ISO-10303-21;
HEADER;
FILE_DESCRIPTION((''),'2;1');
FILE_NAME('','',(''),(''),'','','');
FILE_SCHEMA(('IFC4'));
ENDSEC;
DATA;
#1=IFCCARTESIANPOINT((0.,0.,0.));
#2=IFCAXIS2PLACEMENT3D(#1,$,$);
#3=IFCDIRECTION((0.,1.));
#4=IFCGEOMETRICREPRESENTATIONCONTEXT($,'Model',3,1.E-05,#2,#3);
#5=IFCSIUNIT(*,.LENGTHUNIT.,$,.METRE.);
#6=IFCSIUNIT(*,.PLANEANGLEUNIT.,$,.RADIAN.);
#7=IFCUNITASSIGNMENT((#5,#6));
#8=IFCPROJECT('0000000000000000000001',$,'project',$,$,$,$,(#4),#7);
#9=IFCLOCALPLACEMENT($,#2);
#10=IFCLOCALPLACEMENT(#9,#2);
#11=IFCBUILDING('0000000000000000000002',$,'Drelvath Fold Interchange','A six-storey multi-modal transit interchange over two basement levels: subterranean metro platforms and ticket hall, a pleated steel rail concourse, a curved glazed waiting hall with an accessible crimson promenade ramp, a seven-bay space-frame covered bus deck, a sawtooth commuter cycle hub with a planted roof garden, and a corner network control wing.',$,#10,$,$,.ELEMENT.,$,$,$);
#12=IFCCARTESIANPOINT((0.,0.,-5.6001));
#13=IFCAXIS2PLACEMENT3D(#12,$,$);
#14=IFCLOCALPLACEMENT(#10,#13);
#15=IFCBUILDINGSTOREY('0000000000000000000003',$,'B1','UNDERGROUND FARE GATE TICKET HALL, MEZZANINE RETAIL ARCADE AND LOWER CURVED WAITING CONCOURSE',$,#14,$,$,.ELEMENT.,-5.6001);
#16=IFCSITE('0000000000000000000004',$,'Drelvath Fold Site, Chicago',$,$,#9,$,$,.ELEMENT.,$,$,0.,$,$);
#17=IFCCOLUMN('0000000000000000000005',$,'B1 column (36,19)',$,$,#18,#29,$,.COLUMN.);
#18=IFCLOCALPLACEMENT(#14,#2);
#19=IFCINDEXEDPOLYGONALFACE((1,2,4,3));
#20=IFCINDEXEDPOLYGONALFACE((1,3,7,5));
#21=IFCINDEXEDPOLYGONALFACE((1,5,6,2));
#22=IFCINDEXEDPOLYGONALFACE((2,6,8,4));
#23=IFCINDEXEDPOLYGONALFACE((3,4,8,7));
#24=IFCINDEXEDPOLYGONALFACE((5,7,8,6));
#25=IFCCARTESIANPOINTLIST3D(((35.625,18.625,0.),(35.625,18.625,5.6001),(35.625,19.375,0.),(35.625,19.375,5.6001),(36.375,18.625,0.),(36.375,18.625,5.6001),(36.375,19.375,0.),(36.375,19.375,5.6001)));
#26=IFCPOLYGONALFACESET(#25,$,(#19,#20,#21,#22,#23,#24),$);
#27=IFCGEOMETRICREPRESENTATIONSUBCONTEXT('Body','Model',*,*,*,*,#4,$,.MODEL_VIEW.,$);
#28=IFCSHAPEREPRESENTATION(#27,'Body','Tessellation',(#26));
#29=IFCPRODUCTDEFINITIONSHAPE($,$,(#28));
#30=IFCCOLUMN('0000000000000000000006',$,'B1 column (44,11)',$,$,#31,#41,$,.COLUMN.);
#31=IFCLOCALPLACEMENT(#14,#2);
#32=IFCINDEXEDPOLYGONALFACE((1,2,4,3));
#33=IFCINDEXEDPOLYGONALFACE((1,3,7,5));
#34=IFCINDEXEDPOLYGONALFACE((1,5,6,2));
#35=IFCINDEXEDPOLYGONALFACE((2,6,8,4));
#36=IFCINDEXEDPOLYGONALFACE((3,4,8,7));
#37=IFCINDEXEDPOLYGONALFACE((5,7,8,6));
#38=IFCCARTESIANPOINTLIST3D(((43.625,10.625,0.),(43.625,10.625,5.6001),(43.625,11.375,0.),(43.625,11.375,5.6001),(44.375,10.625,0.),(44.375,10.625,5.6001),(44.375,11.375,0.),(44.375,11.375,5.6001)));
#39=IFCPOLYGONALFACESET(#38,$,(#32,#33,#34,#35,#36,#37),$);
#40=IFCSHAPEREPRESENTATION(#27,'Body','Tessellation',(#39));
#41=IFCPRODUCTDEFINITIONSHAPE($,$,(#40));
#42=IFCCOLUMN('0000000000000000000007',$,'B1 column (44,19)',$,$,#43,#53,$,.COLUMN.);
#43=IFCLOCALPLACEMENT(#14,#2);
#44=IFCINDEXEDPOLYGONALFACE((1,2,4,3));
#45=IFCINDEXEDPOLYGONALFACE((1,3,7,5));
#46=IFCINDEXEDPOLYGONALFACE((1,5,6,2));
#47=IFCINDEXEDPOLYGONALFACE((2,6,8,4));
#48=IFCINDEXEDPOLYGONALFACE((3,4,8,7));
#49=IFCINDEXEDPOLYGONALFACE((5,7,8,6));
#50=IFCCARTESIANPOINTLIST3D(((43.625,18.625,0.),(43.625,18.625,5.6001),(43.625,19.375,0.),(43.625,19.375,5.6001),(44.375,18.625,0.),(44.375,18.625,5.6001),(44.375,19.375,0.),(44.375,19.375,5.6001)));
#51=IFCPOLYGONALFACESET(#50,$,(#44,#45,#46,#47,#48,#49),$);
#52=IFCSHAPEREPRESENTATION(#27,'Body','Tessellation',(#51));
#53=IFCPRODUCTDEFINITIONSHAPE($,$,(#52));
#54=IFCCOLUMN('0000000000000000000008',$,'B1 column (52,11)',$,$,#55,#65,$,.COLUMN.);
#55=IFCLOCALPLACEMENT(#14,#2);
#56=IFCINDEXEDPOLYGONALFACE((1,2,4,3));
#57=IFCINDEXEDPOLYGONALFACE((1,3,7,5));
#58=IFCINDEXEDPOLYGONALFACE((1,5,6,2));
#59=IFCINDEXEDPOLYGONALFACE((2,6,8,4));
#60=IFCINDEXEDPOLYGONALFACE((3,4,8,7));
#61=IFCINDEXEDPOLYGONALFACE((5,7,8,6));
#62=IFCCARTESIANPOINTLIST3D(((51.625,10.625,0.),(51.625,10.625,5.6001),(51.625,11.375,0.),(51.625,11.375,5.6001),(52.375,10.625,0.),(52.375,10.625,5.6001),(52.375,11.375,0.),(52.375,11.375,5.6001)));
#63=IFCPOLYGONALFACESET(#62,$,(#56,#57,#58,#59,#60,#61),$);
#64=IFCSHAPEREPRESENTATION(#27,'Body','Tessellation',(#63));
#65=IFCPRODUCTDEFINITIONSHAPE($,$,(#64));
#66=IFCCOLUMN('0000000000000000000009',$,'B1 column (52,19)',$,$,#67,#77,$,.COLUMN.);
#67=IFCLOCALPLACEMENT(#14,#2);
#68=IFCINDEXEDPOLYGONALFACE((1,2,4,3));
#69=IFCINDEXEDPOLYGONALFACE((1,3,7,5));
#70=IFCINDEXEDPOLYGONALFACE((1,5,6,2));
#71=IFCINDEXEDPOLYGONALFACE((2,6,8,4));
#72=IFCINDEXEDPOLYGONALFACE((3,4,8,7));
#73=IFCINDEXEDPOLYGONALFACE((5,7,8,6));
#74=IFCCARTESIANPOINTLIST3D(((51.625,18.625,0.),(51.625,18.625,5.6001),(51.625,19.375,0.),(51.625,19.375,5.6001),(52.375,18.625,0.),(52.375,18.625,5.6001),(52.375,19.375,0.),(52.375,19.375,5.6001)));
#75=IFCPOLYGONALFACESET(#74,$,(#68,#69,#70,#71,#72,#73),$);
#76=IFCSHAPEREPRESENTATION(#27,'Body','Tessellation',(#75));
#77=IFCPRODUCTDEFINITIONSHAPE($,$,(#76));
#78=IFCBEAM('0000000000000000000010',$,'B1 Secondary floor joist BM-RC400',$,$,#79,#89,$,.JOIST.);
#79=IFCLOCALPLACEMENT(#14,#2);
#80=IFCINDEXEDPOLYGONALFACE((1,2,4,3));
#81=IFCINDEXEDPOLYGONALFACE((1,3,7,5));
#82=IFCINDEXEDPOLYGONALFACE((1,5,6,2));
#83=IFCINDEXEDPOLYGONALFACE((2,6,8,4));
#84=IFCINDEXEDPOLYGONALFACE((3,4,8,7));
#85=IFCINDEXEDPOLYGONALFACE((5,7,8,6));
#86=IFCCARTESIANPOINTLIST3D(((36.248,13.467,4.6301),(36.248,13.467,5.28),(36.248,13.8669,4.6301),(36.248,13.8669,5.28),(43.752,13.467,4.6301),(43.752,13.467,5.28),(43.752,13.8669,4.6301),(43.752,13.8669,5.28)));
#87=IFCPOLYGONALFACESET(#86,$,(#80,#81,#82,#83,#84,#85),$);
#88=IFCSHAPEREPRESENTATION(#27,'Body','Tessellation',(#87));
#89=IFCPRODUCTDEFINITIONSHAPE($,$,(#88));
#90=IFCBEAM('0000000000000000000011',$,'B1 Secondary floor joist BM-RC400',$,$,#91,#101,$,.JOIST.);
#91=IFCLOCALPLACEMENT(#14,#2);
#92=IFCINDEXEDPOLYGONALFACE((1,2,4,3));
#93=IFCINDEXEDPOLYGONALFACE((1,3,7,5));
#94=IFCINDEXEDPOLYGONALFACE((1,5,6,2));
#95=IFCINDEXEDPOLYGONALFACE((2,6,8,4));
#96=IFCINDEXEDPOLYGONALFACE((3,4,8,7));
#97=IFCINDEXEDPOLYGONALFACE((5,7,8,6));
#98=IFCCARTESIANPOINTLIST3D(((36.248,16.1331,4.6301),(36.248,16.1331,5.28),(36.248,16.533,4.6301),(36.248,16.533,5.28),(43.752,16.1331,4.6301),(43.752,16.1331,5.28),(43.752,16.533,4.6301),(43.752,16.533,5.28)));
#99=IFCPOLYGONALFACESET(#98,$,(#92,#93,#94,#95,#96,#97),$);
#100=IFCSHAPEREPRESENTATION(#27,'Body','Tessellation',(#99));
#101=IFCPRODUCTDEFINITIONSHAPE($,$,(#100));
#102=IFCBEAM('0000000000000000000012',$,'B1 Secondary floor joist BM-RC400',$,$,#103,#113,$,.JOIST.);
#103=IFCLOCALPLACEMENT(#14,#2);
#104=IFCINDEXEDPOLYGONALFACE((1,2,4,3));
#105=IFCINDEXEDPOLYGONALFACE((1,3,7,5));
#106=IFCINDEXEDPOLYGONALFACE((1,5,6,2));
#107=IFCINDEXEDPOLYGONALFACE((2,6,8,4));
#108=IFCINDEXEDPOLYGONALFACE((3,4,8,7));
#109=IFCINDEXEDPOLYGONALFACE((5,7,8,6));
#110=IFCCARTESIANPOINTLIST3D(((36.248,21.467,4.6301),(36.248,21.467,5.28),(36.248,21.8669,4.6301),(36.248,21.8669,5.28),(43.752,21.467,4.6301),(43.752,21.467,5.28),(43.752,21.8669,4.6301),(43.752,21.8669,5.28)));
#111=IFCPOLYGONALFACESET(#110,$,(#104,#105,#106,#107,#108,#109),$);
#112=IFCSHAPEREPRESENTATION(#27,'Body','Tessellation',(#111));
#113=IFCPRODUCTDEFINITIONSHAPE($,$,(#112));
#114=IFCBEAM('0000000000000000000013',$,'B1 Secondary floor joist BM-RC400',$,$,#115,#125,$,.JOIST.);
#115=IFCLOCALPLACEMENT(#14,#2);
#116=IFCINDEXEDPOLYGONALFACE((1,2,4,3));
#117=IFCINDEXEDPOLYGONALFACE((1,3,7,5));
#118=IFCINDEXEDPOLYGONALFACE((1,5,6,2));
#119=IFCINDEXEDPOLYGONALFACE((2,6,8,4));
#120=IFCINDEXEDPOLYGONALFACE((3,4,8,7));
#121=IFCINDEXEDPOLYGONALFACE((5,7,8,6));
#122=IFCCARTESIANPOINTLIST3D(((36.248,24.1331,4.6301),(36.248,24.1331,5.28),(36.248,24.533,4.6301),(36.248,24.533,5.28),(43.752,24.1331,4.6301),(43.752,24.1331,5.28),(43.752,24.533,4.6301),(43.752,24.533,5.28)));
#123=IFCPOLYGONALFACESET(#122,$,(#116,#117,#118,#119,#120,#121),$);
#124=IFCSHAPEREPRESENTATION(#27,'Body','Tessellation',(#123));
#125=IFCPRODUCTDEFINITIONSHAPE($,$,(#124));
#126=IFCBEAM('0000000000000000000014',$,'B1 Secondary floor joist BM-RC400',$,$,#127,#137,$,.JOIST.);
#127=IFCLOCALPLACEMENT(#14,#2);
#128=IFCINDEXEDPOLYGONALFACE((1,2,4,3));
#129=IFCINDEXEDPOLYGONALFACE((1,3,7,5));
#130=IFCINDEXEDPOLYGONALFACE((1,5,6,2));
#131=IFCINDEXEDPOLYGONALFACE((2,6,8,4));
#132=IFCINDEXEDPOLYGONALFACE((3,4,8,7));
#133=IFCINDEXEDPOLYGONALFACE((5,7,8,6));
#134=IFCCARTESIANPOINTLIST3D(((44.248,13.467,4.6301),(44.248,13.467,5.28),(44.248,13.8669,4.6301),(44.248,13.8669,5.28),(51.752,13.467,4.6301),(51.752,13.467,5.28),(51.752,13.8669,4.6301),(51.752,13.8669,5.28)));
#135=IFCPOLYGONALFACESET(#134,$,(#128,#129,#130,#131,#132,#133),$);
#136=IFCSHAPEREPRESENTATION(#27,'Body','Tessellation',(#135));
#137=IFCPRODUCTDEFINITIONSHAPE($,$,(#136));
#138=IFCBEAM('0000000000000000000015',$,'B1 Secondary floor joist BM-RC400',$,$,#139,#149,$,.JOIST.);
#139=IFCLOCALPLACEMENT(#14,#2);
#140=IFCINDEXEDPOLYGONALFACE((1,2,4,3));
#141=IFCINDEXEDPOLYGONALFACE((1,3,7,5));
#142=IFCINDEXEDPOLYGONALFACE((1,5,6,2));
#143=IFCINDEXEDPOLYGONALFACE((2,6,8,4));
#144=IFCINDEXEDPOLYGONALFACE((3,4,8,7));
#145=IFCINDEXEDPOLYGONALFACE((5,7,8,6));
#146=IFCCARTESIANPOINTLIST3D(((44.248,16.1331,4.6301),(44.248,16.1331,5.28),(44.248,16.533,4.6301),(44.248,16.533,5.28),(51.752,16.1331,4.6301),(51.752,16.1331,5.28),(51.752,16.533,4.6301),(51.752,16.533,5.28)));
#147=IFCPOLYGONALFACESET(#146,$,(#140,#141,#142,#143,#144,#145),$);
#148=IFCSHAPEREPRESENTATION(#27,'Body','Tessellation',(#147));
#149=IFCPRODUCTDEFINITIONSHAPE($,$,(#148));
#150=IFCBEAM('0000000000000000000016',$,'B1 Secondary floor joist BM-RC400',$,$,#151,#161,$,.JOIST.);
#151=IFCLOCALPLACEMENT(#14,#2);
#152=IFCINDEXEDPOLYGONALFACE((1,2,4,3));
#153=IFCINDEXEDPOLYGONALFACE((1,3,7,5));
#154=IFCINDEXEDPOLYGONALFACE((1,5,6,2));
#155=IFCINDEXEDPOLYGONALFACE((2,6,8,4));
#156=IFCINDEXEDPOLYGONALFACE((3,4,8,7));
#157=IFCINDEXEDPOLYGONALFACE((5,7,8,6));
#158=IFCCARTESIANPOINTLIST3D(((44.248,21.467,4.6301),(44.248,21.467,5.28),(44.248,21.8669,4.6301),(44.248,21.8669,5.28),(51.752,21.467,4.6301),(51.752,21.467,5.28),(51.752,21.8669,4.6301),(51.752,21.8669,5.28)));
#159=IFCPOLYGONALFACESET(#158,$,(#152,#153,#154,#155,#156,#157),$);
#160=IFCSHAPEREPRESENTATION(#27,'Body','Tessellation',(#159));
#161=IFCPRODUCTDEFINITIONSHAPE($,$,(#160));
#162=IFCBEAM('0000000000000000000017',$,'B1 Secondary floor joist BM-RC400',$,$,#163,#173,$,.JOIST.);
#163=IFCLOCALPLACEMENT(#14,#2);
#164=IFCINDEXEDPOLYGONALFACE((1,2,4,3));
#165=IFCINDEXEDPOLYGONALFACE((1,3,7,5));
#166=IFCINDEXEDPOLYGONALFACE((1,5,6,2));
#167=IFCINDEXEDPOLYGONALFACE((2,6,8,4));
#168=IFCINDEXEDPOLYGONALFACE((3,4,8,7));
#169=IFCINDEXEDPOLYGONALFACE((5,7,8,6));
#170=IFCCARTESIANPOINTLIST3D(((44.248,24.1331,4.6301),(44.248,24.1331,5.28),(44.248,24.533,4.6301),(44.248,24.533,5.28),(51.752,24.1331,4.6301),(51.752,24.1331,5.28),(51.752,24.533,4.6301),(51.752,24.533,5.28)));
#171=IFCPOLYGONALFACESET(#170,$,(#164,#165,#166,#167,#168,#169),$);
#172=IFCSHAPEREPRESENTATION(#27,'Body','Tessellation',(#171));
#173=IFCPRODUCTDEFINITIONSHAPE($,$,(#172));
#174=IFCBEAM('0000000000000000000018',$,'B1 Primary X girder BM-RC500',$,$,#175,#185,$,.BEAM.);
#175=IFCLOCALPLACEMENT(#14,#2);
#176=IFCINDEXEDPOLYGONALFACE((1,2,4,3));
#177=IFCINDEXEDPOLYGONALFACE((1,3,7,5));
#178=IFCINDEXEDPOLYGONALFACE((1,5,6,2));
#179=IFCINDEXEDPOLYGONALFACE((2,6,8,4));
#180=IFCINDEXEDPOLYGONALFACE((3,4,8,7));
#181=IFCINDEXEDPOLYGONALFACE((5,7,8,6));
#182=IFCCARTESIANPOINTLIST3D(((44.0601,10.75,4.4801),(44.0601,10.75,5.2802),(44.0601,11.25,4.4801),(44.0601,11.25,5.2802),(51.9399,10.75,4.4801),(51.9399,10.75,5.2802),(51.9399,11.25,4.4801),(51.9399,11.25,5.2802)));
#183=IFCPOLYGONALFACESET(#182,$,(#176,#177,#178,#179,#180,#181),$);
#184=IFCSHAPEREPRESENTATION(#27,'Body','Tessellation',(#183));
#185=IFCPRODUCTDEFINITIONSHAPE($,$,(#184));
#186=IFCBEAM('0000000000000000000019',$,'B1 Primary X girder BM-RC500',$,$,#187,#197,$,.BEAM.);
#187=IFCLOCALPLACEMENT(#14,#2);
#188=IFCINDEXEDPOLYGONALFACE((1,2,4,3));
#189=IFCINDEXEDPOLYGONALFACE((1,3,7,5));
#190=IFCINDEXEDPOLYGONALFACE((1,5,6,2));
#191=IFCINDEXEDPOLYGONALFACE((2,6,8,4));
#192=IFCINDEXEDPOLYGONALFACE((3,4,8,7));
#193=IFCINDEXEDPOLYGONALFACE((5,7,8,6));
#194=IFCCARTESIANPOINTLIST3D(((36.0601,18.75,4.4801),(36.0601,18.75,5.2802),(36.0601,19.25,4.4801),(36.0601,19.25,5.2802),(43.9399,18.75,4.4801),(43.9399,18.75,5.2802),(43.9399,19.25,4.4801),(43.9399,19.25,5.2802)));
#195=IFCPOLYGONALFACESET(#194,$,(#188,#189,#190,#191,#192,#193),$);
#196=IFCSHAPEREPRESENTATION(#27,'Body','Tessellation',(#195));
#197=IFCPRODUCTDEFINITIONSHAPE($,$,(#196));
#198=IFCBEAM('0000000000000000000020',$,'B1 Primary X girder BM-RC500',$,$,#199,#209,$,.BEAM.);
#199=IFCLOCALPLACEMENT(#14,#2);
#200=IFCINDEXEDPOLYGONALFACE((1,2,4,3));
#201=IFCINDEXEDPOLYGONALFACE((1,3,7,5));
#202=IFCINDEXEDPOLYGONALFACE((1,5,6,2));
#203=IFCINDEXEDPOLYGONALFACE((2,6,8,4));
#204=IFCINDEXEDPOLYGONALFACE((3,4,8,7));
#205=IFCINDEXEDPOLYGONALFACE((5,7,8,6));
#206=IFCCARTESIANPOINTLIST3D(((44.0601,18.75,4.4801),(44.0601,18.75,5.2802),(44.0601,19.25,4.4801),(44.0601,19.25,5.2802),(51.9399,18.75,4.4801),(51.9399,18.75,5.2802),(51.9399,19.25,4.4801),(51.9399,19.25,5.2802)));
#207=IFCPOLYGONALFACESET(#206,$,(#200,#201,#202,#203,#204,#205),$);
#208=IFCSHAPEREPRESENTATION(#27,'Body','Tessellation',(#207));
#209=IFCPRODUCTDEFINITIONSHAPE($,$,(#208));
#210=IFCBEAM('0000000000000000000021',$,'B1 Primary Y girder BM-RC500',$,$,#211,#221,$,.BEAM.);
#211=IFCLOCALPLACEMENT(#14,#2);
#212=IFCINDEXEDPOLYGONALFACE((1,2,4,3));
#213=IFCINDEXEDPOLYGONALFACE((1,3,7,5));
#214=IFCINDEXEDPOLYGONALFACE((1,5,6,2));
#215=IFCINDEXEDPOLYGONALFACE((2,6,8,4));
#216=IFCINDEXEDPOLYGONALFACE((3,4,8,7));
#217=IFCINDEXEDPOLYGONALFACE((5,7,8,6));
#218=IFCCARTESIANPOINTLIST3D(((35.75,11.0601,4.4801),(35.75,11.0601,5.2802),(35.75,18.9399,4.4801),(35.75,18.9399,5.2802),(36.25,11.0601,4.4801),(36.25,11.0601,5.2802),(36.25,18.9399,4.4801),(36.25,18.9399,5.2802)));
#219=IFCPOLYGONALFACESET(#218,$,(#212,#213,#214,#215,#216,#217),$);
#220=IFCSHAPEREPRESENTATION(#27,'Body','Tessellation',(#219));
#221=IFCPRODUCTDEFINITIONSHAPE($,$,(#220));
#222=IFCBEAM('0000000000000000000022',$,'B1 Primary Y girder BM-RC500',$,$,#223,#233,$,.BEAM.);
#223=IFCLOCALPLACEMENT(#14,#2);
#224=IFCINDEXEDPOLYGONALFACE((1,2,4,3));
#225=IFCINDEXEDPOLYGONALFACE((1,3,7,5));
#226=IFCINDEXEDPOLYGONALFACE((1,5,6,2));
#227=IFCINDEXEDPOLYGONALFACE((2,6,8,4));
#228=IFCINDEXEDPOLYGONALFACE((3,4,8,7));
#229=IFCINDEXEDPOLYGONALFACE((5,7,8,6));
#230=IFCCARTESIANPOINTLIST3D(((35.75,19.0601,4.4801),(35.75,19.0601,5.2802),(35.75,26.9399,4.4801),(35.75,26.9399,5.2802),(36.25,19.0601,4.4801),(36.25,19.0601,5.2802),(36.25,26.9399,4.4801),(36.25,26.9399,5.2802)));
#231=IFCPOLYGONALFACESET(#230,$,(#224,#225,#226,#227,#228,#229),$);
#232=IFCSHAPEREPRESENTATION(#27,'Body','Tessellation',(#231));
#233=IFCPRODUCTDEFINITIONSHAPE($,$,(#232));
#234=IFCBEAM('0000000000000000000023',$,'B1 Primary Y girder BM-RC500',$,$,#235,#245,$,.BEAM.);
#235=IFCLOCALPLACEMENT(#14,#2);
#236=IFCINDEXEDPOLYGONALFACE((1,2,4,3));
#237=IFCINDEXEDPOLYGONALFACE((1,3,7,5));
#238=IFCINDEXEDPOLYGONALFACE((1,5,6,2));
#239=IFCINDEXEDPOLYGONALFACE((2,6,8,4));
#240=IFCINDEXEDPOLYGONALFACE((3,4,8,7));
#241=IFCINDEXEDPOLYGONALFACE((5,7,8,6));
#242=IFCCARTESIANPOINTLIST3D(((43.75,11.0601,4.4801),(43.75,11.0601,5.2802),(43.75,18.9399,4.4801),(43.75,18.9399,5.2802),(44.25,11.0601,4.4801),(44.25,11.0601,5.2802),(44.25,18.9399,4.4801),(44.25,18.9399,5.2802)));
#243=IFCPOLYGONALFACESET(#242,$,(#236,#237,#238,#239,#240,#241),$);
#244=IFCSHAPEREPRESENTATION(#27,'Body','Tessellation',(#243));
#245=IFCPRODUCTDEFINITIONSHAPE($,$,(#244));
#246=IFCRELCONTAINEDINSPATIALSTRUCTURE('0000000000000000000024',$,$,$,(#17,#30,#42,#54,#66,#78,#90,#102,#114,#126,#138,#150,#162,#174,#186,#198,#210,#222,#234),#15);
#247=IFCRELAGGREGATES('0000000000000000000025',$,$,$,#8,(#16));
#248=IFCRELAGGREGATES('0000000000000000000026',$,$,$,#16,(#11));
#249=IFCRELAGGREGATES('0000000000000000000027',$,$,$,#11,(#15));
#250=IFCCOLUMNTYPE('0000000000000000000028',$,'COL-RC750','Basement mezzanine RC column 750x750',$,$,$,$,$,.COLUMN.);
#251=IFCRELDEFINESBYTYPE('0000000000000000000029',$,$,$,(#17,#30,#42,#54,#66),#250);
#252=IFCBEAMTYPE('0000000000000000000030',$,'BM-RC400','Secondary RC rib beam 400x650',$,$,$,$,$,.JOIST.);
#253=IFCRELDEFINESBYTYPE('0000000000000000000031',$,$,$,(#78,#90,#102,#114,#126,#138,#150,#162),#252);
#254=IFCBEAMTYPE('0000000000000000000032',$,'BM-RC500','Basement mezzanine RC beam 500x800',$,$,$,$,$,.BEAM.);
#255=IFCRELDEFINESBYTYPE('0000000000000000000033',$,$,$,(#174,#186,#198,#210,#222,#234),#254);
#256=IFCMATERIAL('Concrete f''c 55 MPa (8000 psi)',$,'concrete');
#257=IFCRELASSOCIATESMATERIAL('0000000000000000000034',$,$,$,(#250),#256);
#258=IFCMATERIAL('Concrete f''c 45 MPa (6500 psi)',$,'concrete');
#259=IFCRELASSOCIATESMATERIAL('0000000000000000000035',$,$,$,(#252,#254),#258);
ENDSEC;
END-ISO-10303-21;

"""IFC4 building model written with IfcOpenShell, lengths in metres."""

from ifc_helpers import new_model, si_unit, direction, frame, origin, origin_2d, place, context, subcontext, project, spatial, rectangle, extrude, material, material_profile, profile_set, type_object, element, save


model = new_model("IFC4")

# Units and contexts
model_context = context("Model", 3, precision=1e-05, world=origin(), true_north=direction((0.0, 1.0)))
body_context = subcontext(model_context, "Body", "Model", "MODEL_VIEW")
ifc_project = project(units=[si_unit("LENGTHUNIT", "METRE"), si_unit("PLANEANGLEUNIT", "RADIAN")], contexts=[model_context])

# Site, building, storey
site_placement = place(None, origin())
site = spatial("IfcSite", under=ifc_project, at=site_placement, Name="Drelvath Fold Site, Chicago", CompositionType="ELEMENT", RefElevation=0.0)
building_placement = place(site_placement, origin())
building = spatial("IfcBuilding", under=site, at=building_placement, Name="Drelvath Fold Interchange", Description="A six-storey multi-modal transit interchange over two basement levels: subterranean metro platforms and ticket hall, a pleated steel rail concourse, a curved glazed waiting hall with an accessible crimson promenade ramp, a seven-bay space-frame covered bus deck, a sawtooth commuter cycle hub with a planted roof garden, and a corner network control wing.", CompositionType="ELEMENT")
storey_placement = place(building_placement, frame((0.0, 0.0, -5.6001)))
storey = spatial("IfcBuildingStorey", under=building, at=storey_placement, Name="B1", Description="UNDERGROUND FARE GATE TICKET HALL, MEZZANINE RETAIL ARCADE AND LOWER CURVED WAITING CONCOURSE", CompositionType="ELEMENT", Elevation=-5.6001)

# Columns
ifc_material_1 = material(Name="Concrete f'c 55 MPa (8000 psi)", Category="concrete")
ifc_material_profile_1 = material_profile(ifc_material_1, rectangle(XDim=0.75, YDim=0.75, at=origin_2d()), Name="RC 750x750")
ifc_profile_set_1 = profile_set([ifc_material_profile_1], Name="Concrete f'c 55 MPa (8000 psi)")
column_type = type_object("IfcColumnType", Name="COL-RC750", Description="Basement mezzanine RC column 750x750", PredefinedType="COLUMN", material=ifc_profile_set_1)
for number, where, z_axis, x_axis, name in (
    (1, (36.0, 19.0, 0.0), (0.0, 0.0, 1.0), (1.0, 0.0, 0.0), "B1 column (36,19)"),
    (2, (44.0, 11.0, 0.0), (0.0, 0.0, 1.0), (1.0, 0.0, 0.0), "B1 column (44,11)"),
    (3, (44.0, 19.0, 0.0), (0.0, 0.0, 1.0), (1.0, 0.0, 0.0), "B1 column (44,19)"),
    (4, (52.0, 11.0, 0.0), (0.0, 0.0, 1.0), (1.0, 0.0, 0.0), "B1 column (52,11)"),
    (5, (52.0, 19.0, 0.0), (0.0, 0.0, 1.0), (1.0, 0.0, 0.0), "B1 column (52,19)"),
):
    element("IfcColumn", number, at=place(storey_placement, frame(where, z_axis=z_axis, x_axis=x_axis)), inside=storey, type_object=column_type, Name=name, PredefinedType="COLUMN", context=body_context, shape_type="SweptSolid", body=[
        extrude(rectangle(XDim=0.75, YDim=0.75, at=origin_2d()), origin(), (0.0, 0.0, 1.0), 5.6001),
    ])

# Beams
ifc_material_2 = material(Name="Concrete f'c 45 MPa (6500 psi)", Category="concrete")
ifc_material_profile_2 = material_profile(ifc_material_2, rectangle(XDim=0.3999, YDim=0.6499, at=origin_2d()), Name="RC 400x650")
ifc_profile_set_2 = profile_set([ifc_material_profile_2], Name="Concrete f'c 45 MPa (6500 psi)")
beam_type_1 = type_object("IfcBeamType", Name="BM-RC400", Description="Secondary RC rib beam 400x650", PredefinedType="JOIST", material=ifc_profile_set_2)
for number, where, z_axis, x_axis, name in (
    (6, (36.248, 13.667, 4.9551), (1.0, 0.0, 0.0), (0.0, 1.0, 0.0), "B1 Secondary floor joist BM-RC400"),
    (7, (36.248, 16.333, 4.9551), (1.0, 0.0, 0.0), (0.0, 1.0, 0.0), "B1 Secondary floor joist BM-RC400"),
    (8, (36.248, 21.667, 4.9551), (1.0, 0.0, 0.0), (0.0, 1.0, 0.0), "B1 Secondary floor joist BM-RC400"),
    (9, (36.248, 24.333, 4.9551), (1.0, 0.0, 0.0), (0.0, 1.0, 0.0), "B1 Secondary floor joist BM-RC400"),
    (10, (44.248, 13.667, 4.9551), (1.0, 0.0, 0.0), (0.0, 1.0, 0.0), "B1 Secondary floor joist BM-RC400"),
    (11, (44.248, 16.333, 4.9551), (1.0, 0.0, 0.0), (0.0, 1.0, 0.0), "B1 Secondary floor joist BM-RC400"),
    (12, (44.248, 21.667, 4.9551), (1.0, 0.0, 0.0), (0.0, 1.0, 0.0), "B1 Secondary floor joist BM-RC400"),
    (13, (44.248, 24.333, 4.9551), (1.0, 0.0, 0.0), (0.0, 1.0, 0.0), "B1 Secondary floor joist BM-RC400"),
):
    element("IfcBeam", number, at=place(storey_placement, frame(where, z_axis=z_axis, x_axis=x_axis)), inside=storey, type_object=beam_type_1, Name=name, PredefinedType="JOIST", context=body_context, shape_type="SweptSolid", body=[
        extrude(rectangle(XDim=0.3999, YDim=0.6499, at=origin_2d()), origin(), (0.0, 0.0, 1.0), 7.5039),
    ])
ifc_material_profile_3 = material_profile(ifc_material_2, rectangle(XDim=0.5, YDim=0.8, at=origin_2d()), Name="RC 500x800")
ifc_profile_set_3 = profile_set([ifc_material_profile_3], Name="Concrete f'c 45 MPa (6500 psi)")
beam_type_2 = type_object("IfcBeamType", Name="BM-RC500", Description="Basement mezzanine RC beam 500x800", PredefinedType="BEAM", material=ifc_profile_set_3)
for number, where, z_axis, x_axis, name in (
    (14, (44.0601, 11.0, 4.8801), (1.0, 0.0, 0.0), (0.0, 1.0, 0.0), "B1 Primary X girder BM-RC500"),
    (15, (36.0601, 19.0, 4.8801), (1.0, 0.0, 0.0), (0.0, 1.0, 0.0), "B1 Primary X girder BM-RC500"),
    (16, (44.0601, 19.0, 4.8801), (1.0, 0.0, 0.0), (0.0, 1.0, 0.0), "B1 Primary X girder BM-RC500"),
    (17, (36.0, 11.0601, 4.8801), (0.0, 1.0, 0.0), (-1.0, 0.0, 0.0), "B1 Primary Y girder BM-RC500"),
    (18, (36.0, 19.0601, 4.8801), (0.0, 1.0, 0.0), (-1.0, 0.0, 0.0), "B1 Primary Y girder BM-RC500"),
    (19, (44.0, 11.0601, 4.8801), (0.0, 1.0, 0.0), (-1.0, 0.0, 0.0), "B1 Primary Y girder BM-RC500"),
):
    element("IfcBeam", number, at=place(storey_placement, frame(where, z_axis=z_axis, x_axis=x_axis)), inside=storey, type_object=beam_type_2, Name=name, PredefinedType="BEAM", context=body_context, shape_type="SweptSolid", body=[
        extrude(rectangle(XDim=0.5, YDim=0.8, at=origin_2d()), origin(), (0.0, 0.0, 1.0), 7.8799),
    ])

save(model, "model.ifc")
